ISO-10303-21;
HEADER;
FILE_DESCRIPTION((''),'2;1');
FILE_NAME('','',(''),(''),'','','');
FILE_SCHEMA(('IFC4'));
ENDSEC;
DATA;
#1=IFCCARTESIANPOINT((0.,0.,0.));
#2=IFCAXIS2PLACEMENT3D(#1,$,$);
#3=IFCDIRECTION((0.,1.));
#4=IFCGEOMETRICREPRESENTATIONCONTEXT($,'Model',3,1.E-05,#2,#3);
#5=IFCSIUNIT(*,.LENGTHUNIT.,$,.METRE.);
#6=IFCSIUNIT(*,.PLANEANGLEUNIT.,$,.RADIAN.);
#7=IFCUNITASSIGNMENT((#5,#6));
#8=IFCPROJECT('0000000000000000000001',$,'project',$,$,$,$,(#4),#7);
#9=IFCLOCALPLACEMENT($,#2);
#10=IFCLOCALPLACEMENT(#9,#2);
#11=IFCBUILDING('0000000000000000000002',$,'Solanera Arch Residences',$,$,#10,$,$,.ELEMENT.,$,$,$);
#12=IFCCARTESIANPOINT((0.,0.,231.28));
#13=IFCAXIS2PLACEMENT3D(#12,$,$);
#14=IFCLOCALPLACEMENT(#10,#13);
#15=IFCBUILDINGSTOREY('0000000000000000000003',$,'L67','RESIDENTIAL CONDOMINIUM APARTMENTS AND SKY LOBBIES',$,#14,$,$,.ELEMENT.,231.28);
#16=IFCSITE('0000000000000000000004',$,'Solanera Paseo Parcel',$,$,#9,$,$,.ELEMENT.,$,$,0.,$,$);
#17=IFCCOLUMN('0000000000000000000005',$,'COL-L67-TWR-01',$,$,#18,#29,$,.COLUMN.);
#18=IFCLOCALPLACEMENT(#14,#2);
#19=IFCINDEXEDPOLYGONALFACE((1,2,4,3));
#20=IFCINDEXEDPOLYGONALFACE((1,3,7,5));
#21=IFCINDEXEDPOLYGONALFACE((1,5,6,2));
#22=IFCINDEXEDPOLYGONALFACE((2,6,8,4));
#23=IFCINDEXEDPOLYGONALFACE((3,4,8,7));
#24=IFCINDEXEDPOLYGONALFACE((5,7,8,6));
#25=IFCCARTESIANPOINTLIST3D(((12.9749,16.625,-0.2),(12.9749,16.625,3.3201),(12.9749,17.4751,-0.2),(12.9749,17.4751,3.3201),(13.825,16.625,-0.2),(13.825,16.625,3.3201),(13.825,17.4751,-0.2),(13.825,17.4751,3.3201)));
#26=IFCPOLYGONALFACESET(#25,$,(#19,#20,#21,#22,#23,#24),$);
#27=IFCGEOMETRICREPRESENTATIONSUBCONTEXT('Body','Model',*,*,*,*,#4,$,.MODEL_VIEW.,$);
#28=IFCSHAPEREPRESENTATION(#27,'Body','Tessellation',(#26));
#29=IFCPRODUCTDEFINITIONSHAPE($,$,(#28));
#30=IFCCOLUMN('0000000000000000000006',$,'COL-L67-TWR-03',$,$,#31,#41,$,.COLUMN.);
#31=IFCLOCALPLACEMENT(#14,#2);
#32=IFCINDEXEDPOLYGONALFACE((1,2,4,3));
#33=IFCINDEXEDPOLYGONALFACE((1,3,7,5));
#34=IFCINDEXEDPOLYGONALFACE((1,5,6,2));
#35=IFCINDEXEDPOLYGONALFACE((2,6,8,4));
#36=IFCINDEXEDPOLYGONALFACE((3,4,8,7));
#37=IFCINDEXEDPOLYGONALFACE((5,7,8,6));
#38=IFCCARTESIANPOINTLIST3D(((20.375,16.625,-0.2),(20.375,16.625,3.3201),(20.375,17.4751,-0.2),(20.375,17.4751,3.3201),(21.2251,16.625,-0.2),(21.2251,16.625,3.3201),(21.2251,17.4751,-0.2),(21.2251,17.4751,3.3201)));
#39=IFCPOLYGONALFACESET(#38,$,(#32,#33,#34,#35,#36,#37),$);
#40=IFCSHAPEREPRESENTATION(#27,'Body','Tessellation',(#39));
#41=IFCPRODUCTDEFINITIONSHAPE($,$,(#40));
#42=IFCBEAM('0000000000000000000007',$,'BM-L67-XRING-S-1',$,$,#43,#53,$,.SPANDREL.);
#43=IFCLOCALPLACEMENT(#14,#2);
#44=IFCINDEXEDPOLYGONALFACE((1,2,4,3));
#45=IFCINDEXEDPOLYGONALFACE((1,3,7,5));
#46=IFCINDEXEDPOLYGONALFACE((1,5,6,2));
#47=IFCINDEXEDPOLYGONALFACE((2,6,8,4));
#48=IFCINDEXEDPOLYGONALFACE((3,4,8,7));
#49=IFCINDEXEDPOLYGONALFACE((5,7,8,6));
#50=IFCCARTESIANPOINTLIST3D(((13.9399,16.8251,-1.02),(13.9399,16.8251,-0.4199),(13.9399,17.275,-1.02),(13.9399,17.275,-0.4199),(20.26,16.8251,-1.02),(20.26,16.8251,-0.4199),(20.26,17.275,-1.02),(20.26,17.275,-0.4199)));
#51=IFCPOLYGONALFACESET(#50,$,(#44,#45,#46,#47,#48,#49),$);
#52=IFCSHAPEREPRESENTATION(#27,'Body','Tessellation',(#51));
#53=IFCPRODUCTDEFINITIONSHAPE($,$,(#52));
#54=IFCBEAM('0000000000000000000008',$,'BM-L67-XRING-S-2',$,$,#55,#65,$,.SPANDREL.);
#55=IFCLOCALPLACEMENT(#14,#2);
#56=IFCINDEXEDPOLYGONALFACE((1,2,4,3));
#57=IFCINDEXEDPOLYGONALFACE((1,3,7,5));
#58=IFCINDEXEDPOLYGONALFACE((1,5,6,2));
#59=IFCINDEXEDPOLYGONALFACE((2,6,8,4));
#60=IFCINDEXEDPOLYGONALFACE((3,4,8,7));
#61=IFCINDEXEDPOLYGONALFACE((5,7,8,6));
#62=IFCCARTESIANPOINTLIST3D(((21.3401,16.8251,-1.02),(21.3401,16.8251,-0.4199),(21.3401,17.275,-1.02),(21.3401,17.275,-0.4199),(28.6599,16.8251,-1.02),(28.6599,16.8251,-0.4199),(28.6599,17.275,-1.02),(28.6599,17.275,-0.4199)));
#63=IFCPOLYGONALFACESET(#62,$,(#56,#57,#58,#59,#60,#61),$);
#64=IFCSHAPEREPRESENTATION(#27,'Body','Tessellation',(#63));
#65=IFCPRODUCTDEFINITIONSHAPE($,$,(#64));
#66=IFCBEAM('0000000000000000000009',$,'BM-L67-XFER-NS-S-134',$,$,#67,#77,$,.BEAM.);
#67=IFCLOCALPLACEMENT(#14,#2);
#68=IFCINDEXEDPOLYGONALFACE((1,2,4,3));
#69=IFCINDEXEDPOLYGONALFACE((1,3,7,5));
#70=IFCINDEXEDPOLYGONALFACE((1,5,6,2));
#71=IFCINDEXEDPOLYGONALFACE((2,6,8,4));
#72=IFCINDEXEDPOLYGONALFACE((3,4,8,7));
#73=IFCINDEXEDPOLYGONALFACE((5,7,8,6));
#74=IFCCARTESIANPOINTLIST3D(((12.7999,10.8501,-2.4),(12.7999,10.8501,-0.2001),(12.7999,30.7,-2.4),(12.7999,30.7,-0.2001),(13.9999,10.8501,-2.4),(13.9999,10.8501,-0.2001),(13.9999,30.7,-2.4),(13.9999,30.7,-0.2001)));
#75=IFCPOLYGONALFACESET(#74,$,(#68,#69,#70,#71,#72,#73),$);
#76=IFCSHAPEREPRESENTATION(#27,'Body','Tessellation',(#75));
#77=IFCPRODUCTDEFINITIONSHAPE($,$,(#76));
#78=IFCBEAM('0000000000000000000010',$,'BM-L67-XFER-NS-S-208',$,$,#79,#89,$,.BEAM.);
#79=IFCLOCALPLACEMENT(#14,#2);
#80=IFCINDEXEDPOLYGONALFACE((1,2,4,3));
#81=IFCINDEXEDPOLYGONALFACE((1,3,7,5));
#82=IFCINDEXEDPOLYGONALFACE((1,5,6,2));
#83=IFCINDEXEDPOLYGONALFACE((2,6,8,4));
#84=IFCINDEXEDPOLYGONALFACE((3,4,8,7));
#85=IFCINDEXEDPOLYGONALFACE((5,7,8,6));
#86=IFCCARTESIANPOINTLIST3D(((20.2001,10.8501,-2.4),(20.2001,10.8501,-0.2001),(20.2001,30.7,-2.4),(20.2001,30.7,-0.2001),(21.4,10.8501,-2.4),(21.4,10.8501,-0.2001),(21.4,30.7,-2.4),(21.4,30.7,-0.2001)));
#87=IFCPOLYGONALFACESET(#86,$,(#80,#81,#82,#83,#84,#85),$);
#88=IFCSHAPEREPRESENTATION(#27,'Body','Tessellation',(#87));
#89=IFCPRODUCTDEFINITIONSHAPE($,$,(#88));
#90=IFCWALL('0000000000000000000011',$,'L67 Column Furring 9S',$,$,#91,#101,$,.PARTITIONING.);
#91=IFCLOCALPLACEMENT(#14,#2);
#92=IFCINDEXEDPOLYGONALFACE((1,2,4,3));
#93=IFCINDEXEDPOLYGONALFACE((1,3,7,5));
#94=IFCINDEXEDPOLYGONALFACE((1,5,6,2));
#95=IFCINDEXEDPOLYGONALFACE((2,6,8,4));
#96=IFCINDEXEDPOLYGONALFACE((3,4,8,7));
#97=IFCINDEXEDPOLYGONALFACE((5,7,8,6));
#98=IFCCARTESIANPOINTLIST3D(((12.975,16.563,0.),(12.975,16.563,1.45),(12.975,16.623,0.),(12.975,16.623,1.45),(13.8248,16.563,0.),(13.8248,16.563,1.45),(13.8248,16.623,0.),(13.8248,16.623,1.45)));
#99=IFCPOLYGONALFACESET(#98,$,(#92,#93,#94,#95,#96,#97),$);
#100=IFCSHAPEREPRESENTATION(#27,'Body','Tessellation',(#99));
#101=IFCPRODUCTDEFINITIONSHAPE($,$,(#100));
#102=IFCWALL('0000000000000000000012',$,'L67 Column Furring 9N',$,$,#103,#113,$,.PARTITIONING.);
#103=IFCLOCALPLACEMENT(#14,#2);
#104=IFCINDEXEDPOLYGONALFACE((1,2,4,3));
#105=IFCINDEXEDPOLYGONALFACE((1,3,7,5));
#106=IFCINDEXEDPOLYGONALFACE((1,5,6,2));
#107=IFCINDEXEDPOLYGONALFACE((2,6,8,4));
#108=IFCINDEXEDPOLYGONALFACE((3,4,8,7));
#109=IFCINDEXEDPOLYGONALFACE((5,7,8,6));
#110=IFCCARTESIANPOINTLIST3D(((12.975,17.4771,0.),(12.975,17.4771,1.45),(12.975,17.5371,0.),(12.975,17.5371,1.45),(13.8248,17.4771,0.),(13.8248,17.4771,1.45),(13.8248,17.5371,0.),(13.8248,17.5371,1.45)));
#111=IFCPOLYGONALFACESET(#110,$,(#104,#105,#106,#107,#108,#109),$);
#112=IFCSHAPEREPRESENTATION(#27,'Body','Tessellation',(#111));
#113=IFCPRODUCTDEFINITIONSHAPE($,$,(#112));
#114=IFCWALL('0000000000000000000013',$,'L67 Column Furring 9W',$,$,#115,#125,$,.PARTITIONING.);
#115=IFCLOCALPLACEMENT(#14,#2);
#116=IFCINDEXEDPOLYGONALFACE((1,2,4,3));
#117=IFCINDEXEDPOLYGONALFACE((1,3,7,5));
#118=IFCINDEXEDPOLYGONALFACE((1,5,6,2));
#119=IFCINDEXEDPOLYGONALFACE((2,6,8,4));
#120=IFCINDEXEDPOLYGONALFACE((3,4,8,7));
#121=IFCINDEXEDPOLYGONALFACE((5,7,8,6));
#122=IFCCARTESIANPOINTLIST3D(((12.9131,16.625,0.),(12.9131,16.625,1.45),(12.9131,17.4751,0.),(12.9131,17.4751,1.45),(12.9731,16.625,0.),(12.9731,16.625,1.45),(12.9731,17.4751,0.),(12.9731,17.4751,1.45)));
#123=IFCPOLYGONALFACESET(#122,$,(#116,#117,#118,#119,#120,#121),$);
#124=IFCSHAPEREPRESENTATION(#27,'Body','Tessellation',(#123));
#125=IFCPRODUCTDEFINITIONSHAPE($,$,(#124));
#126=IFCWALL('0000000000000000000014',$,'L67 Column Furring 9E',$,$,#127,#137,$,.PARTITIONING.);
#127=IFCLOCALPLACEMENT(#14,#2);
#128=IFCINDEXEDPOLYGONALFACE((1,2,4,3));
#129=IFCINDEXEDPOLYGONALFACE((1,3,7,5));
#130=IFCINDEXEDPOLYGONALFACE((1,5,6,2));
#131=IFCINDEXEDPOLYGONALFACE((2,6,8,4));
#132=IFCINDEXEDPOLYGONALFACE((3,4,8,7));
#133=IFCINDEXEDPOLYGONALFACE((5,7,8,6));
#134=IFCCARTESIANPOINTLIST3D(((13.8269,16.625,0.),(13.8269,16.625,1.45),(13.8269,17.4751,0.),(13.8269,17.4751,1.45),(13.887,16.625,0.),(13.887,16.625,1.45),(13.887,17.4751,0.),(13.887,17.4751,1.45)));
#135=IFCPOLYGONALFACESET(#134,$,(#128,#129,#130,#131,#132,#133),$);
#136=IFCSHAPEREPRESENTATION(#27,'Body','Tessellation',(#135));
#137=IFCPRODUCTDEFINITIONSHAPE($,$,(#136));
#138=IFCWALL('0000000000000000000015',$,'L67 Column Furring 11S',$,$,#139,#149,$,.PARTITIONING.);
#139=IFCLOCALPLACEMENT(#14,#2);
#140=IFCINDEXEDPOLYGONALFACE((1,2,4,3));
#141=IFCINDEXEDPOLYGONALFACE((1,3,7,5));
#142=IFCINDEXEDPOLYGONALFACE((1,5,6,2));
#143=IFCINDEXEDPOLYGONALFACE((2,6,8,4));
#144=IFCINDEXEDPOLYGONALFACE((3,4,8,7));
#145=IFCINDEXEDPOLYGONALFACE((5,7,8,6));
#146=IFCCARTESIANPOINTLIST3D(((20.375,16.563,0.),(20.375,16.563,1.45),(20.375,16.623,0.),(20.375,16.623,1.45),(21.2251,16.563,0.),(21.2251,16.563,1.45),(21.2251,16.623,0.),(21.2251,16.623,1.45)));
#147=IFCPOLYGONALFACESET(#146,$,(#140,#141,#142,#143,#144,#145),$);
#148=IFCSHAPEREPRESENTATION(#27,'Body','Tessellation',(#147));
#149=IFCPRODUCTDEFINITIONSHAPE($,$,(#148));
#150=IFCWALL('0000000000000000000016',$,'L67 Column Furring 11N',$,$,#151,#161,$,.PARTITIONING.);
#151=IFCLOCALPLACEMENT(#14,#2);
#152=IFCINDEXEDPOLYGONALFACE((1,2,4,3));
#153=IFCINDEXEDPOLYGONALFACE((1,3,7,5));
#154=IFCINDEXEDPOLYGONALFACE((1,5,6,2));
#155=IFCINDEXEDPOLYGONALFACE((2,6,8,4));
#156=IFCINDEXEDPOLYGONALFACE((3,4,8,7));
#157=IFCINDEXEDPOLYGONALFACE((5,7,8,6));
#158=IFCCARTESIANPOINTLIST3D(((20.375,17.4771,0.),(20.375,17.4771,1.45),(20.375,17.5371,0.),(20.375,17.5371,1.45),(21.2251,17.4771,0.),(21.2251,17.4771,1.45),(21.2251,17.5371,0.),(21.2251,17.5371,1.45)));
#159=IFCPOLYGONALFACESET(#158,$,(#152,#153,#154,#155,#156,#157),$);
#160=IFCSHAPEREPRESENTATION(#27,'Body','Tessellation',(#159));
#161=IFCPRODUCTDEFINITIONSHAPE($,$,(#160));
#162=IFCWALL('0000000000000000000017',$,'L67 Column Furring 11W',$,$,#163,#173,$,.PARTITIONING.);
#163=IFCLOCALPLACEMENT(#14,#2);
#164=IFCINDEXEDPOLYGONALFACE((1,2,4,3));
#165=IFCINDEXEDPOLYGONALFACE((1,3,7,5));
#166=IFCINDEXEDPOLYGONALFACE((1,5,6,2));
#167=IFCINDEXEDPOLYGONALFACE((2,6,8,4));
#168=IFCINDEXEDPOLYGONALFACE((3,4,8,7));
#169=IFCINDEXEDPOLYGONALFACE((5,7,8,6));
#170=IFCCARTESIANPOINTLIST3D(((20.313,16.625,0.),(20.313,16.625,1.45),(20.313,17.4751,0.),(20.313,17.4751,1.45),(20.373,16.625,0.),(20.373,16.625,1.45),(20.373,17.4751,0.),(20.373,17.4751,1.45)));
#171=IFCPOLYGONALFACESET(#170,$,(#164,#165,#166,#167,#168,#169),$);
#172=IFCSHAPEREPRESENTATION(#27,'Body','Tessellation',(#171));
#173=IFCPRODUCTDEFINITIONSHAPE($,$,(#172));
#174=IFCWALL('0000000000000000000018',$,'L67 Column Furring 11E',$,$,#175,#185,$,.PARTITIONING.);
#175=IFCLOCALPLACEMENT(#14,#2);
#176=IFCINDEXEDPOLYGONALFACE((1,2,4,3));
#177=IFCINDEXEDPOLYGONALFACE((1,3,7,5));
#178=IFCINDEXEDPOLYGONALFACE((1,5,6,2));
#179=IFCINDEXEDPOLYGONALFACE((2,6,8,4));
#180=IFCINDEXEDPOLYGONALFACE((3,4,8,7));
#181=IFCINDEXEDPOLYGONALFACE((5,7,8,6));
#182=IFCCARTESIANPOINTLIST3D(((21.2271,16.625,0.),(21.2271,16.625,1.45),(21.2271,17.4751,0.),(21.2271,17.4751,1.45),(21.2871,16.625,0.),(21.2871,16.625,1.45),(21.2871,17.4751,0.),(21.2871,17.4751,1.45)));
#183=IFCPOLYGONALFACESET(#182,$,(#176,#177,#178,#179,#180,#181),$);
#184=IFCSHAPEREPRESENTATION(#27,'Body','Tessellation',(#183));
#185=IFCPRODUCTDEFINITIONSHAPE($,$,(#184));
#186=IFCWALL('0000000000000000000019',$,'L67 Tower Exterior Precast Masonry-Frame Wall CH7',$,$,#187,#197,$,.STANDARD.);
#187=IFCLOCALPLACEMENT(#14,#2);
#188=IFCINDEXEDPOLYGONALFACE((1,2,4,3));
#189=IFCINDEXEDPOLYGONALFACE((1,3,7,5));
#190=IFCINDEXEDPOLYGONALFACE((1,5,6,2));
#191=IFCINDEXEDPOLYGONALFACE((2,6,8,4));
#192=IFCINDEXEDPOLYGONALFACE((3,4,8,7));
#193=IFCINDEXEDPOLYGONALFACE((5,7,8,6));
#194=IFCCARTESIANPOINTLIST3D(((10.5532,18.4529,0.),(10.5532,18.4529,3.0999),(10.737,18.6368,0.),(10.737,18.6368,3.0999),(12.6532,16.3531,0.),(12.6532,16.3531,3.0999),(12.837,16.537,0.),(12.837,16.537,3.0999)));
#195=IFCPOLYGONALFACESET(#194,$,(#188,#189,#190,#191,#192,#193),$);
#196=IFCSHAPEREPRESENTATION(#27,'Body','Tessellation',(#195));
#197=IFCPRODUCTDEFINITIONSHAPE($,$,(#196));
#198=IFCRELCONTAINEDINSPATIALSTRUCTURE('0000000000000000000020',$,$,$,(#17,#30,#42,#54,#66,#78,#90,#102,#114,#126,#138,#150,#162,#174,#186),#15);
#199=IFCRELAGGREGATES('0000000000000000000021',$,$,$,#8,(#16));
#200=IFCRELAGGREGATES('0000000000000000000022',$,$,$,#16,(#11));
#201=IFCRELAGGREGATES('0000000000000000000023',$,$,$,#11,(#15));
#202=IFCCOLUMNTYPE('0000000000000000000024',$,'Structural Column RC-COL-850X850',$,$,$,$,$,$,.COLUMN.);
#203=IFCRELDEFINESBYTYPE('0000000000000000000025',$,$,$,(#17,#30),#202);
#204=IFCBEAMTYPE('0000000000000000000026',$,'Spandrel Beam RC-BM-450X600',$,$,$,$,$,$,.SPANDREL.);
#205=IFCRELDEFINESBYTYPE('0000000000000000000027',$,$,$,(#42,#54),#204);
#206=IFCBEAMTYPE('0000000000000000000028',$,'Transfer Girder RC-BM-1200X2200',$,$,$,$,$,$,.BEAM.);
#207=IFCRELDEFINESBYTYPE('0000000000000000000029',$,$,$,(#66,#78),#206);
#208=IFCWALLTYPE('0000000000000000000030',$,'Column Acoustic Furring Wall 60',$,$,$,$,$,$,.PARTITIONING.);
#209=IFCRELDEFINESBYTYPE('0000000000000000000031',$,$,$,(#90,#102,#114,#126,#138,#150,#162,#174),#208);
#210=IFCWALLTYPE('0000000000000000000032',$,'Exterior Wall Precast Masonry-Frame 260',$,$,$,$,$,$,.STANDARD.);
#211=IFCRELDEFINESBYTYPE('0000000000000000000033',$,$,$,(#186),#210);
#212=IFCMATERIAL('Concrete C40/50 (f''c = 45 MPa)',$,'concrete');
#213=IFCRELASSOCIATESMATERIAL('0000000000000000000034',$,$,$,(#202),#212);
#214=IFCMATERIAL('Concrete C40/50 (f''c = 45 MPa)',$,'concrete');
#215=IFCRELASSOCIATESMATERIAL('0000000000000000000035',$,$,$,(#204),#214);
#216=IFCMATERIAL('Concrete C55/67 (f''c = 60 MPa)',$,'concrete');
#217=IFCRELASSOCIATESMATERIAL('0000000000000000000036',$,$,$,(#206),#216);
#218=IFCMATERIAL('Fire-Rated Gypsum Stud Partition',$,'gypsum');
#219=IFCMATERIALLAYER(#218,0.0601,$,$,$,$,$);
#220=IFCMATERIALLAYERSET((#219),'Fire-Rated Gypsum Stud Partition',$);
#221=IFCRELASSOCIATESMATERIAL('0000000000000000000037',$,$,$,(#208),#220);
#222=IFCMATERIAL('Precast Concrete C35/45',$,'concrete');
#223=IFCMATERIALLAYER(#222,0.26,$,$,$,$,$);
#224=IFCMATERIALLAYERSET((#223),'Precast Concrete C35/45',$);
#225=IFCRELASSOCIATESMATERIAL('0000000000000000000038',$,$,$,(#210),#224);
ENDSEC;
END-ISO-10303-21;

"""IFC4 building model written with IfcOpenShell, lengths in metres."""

from ifc_helpers import new_model, si_unit, direction, frame, frame_2d, origin, origin_2d, place, context, subcontext, project, spatial, rectangle, extrude, material, layer, layer_set, material_profile, profile_set, type_object, element, save


model = new_model("IFC4")

# Units and contexts
model_context = context("Model", 3, precision=1e-05, world=origin(), true_north=direction((0.0, 1.0)))
body_context = subcontext(model_context, "Body", "Model", "MODEL_VIEW")
ifc_project = project(units=[si_unit("LENGTHUNIT", "METRE"), si_unit("PLANEANGLEUNIT", "RADIAN")], contexts=[model_context])

# Site, building, storey
site_placement = place(None, origin())
site = spatial("IfcSite", under=ifc_project, at=site_placement, Name="Solanera Paseo Parcel", CompositionType="ELEMENT", RefElevation=0.0)
building_placement = place(site_placement, origin())
building = spatial("IfcBuilding", under=site, at=building_placement, Name="Solanera Arch Residences", CompositionType="ELEMENT")
storey_placement = place(building_placement, frame((0.0, 0.0, 231.28)))
storey = spatial("IfcBuildingStorey", under=building, at=storey_placement, Name="L67", Description="RESIDENTIAL CONDOMINIUM APARTMENTS AND SKY LOBBIES", CompositionType="ELEMENT", Elevation=231.28)

# Columns
ifc_material_1 = material(Name="Concrete C40/50 (f'c = 45 MPa)", Category="concrete")
ifc_material_profile_1 = material_profile(ifc_material_1, rectangle(XDim=0.8501, YDim=0.8501, at=origin_2d()))
ifc_profile_set_1 = profile_set([ifc_material_profile_1], Name="Concrete C40/50 (f'c = 45 MPa)")
column_type = type_object("IfcColumnType", Name="Structural Column RC-COL-850X850", PredefinedType="COLUMN", material=ifc_profile_set_1)
for number, where, z_axis, x_axis, name in (
    (1, (13.3999, 17.05, -0.2), (0.0, 0.0, 1.0), (1.0, 0.0, 0.0), "COL-L67-TWR-01"),
    (2, (20.8, 17.05, -0.2), (0.0, 0.0, 1.0), (1.0, 0.0, 0.0), "COL-L67-TWR-03"),
):
    element("IfcColumn", number, at=place(storey_placement, frame(where, z_axis=z_axis, x_axis=x_axis)), inside=storey, type_object=column_type, Name=name, PredefinedType="COLUMN", context=body_context, shape_type="SweptSolid", body=[
        extrude(rectangle(XDim=0.8501, YDim=0.8501, at=origin_2d()), origin(), (0.0, 0.0, 1.0), 3.52),
    ])

# Beams
ifc_material_2 = material(Name="Concrete C40/50 (f'c = 45 MPa)", Category="concrete")
ifc_material_profile_2 = material_profile(ifc_material_2, rectangle(XDim=0.45, YDim=0.6001, at=origin_2d()))
ifc_profile_set_2 = profile_set([ifc_material_profile_2], Name="Concrete C40/50 (f'c = 45 MPa)")
beam_type_1 = type_object("IfcBeamType", Name="Spandrel Beam RC-BM-450X600", PredefinedType="SPANDREL", material=ifc_profile_set_2)
beam_1_placement = place(storey_placement, frame((13.9399, 17.05, -0.72), z_axis=(1.0, 0.0, 0.0), x_axis=(0.0, 1.0, 0.0)))
element("IfcBeam", 3, at=beam_1_placement, inside=storey, type_object=beam_type_1, Name="BM-L67-XRING-S-1", PredefinedType="SPANDREL", context=body_context, shape_type="SweptSolid", body=[
    extrude(rectangle(XDim=0.45, YDim=0.6001, at=origin_2d()), origin(), (0.0, 0.0, 1.0), 6.3201),
])
beam_2_placement = place(storey_placement, frame((21.3401, 17.05, -0.72), z_axis=(1.0, 0.0, 0.0), x_axis=(0.0, 1.0, 0.0)))
element("IfcBeam", 4, at=beam_2_placement, inside=storey, type_object=beam_type_1, Name="BM-L67-XRING-S-2", PredefinedType="SPANDREL", context=body_context, shape_type="SweptSolid", body=[
    extrude(rectangle(XDim=0.45, YDim=0.6001, at=origin_2d()), origin(), (0.0, 0.0, 1.0), 7.3198),
])
ifc_material_3 = material(Name="Concrete C55/67 (f'c = 60 MPa)", Category="concrete")
ifc_material_profile_3 = material_profile(ifc_material_3, rectangle(XDim=1.2, YDim=2.2, at=origin_2d()))
ifc_profile_set_3 = profile_set([ifc_material_profile_3], Name="Concrete C55/67 (f'c = 60 MPa)")
beam_type_2 = type_object("IfcBeamType", Name="Transfer Girder RC-BM-1200X2200", PredefinedType="BEAM", material=ifc_profile_set_3)
for number, where, z_axis, x_axis, name in (
    (5, (13.3999, 10.8501, -1.3), (0.0, 1.0, 0.0), (-1.0, 0.0, 0.0), "BM-L67-XFER-NS-S-134"),
    (6, (20.8, 10.8501, -1.3), (0.0, 1.0, 0.0), (-1.0, 0.0, 0.0), "BM-L67-XFER-NS-S-208"),
):
    element("IfcBeam", number, at=place(storey_placement, frame(where, z_axis=z_axis, x_axis=x_axis)), inside=storey, type_object=beam_type_2, Name=name, PredefinedType="BEAM", context=body_context, shape_type="SweptSolid", body=[
        extrude(rectangle(XDim=1.2, YDim=2.2, at=origin_2d()), origin(), (0.0, 0.0, 1.0), 19.8499),
    ])

# Walls
ifc_material_4 = material(Name="Fire-Rated Gypsum Stud Partition", Category="gypsum")
ifc_layer_1 = layer(ifc_material_4, 0.0601)
ifc_layer_set_1 = layer_set([ifc_layer_1], Name="Fire-Rated Gypsum Stud Partition")
wall_type_1 = type_object("IfcWallType", Name="Column Acoustic Furring Wall 60", PredefinedType="PARTITIONING", material=ifc_layer_set_1)
for number, where, z_axis, x_axis, name in (
    (7, (12.9751, 16.593, 0.0), (0.0, 0.0, 1.0), (1.0, 0.0, 0.0), "L67 Column Furring 9S"),
    (8, (12.9751, 17.5071, 0.0), (0.0, 0.0, 1.0), (1.0, 0.0, 0.0), "L67 Column Furring 9N"),
):
    element("IfcWall", number, at=place(storey_placement, frame(where, z_axis=z_axis, x_axis=x_axis)), inside=storey, type_object=wall_type_1, Name=name, PredefinedType="PARTITIONING", context=body_context, shape_type="SweptSolid", body=[
        extrude(rectangle(XDim=0.8499, YDim=0.0601, at=frame_2d((0.4248, 0.0))), origin(), (0.0, 0.0, 1.0), 1.45),
    ])
for number, where, z_axis, x_axis, name in (
    (9, (12.9431, 16.625, 0.0), (0.0, 0.0, 1.0), (0.0, 1.0, 0.0), "L67 Column Furring 9W"),
    (10, (13.8569, 16.625, 0.0), (0.0, 0.0, 1.0), (0.0, 1.0, 0.0), "L67 Column Furring 9E"),
    (11, (20.375, 16.593, 0.0), (0.0, 0.0, 1.0), (1.0, 0.0, 0.0), "L67 Column Furring 11S"),
    (12, (20.375, 17.5071, 0.0), (0.0, 0.0, 1.0), (1.0, 0.0, 0.0), "L67 Column Furring 11N"),
    (13, (20.343, 16.625, 0.0), (0.0, 0.0, 1.0), (0.0, 1.0, 0.0), "L67 Column Furring 11W"),
    (14, (21.2571, 16.625, 0.0), (0.0, 0.0, 1.0), (0.0, 1.0, 0.0), "L67 Column Furring 11E"),
):
    element("IfcWall", number, at=place(storey_placement, frame(where, z_axis=z_axis, x_axis=x_axis)), inside=storey, type_object=wall_type_1, Name=name, PredefinedType="PARTITIONING", context=body_context, shape_type="SweptSolid", body=[
        extrude(rectangle(XDim=0.8501, YDim=0.0601, at=frame_2d((0.425, 0.0))), origin(), (0.0, 0.0, 1.0), 1.45),
    ])
ifc_material_5 = material(Name="Precast Concrete C35/45", Category="concrete")
ifc_layer_2 = layer(ifc_material_5, 0.26)
ifc_layer_set_2 = layer_set([ifc_layer_2], Name="Precast Concrete C35/45")
wall_type_2 = type_object("IfcWallType", Name="Exterior Wall Precast Masonry-Frame 260", PredefinedType="STANDARD", material=ifc_layer_set_2)
wall_1_placement = place(storey_placement, frame((12.7451, 16.4451, 0.0), z_axis=(0.0, 0.0, 1.0), x_axis=(-0.707148, 0.707066, 0.0)))
element("IfcWall", 15, at=wall_1_placement, inside=storey, type_object=wall_type_2, Name="L67 Tower Exterior Precast Masonry-Frame Wall CH7", PredefinedType="STANDARD", context=body_context, shape_type="SweptSolid", body=[
    extrude(rectangle(XDim=2.9697, YDim=0.26, at=frame_2d((1.4849, 0.0))), origin(), (0.0, 0.0, 1.0), 3.0999),
])

save(model, "model.ifc")
